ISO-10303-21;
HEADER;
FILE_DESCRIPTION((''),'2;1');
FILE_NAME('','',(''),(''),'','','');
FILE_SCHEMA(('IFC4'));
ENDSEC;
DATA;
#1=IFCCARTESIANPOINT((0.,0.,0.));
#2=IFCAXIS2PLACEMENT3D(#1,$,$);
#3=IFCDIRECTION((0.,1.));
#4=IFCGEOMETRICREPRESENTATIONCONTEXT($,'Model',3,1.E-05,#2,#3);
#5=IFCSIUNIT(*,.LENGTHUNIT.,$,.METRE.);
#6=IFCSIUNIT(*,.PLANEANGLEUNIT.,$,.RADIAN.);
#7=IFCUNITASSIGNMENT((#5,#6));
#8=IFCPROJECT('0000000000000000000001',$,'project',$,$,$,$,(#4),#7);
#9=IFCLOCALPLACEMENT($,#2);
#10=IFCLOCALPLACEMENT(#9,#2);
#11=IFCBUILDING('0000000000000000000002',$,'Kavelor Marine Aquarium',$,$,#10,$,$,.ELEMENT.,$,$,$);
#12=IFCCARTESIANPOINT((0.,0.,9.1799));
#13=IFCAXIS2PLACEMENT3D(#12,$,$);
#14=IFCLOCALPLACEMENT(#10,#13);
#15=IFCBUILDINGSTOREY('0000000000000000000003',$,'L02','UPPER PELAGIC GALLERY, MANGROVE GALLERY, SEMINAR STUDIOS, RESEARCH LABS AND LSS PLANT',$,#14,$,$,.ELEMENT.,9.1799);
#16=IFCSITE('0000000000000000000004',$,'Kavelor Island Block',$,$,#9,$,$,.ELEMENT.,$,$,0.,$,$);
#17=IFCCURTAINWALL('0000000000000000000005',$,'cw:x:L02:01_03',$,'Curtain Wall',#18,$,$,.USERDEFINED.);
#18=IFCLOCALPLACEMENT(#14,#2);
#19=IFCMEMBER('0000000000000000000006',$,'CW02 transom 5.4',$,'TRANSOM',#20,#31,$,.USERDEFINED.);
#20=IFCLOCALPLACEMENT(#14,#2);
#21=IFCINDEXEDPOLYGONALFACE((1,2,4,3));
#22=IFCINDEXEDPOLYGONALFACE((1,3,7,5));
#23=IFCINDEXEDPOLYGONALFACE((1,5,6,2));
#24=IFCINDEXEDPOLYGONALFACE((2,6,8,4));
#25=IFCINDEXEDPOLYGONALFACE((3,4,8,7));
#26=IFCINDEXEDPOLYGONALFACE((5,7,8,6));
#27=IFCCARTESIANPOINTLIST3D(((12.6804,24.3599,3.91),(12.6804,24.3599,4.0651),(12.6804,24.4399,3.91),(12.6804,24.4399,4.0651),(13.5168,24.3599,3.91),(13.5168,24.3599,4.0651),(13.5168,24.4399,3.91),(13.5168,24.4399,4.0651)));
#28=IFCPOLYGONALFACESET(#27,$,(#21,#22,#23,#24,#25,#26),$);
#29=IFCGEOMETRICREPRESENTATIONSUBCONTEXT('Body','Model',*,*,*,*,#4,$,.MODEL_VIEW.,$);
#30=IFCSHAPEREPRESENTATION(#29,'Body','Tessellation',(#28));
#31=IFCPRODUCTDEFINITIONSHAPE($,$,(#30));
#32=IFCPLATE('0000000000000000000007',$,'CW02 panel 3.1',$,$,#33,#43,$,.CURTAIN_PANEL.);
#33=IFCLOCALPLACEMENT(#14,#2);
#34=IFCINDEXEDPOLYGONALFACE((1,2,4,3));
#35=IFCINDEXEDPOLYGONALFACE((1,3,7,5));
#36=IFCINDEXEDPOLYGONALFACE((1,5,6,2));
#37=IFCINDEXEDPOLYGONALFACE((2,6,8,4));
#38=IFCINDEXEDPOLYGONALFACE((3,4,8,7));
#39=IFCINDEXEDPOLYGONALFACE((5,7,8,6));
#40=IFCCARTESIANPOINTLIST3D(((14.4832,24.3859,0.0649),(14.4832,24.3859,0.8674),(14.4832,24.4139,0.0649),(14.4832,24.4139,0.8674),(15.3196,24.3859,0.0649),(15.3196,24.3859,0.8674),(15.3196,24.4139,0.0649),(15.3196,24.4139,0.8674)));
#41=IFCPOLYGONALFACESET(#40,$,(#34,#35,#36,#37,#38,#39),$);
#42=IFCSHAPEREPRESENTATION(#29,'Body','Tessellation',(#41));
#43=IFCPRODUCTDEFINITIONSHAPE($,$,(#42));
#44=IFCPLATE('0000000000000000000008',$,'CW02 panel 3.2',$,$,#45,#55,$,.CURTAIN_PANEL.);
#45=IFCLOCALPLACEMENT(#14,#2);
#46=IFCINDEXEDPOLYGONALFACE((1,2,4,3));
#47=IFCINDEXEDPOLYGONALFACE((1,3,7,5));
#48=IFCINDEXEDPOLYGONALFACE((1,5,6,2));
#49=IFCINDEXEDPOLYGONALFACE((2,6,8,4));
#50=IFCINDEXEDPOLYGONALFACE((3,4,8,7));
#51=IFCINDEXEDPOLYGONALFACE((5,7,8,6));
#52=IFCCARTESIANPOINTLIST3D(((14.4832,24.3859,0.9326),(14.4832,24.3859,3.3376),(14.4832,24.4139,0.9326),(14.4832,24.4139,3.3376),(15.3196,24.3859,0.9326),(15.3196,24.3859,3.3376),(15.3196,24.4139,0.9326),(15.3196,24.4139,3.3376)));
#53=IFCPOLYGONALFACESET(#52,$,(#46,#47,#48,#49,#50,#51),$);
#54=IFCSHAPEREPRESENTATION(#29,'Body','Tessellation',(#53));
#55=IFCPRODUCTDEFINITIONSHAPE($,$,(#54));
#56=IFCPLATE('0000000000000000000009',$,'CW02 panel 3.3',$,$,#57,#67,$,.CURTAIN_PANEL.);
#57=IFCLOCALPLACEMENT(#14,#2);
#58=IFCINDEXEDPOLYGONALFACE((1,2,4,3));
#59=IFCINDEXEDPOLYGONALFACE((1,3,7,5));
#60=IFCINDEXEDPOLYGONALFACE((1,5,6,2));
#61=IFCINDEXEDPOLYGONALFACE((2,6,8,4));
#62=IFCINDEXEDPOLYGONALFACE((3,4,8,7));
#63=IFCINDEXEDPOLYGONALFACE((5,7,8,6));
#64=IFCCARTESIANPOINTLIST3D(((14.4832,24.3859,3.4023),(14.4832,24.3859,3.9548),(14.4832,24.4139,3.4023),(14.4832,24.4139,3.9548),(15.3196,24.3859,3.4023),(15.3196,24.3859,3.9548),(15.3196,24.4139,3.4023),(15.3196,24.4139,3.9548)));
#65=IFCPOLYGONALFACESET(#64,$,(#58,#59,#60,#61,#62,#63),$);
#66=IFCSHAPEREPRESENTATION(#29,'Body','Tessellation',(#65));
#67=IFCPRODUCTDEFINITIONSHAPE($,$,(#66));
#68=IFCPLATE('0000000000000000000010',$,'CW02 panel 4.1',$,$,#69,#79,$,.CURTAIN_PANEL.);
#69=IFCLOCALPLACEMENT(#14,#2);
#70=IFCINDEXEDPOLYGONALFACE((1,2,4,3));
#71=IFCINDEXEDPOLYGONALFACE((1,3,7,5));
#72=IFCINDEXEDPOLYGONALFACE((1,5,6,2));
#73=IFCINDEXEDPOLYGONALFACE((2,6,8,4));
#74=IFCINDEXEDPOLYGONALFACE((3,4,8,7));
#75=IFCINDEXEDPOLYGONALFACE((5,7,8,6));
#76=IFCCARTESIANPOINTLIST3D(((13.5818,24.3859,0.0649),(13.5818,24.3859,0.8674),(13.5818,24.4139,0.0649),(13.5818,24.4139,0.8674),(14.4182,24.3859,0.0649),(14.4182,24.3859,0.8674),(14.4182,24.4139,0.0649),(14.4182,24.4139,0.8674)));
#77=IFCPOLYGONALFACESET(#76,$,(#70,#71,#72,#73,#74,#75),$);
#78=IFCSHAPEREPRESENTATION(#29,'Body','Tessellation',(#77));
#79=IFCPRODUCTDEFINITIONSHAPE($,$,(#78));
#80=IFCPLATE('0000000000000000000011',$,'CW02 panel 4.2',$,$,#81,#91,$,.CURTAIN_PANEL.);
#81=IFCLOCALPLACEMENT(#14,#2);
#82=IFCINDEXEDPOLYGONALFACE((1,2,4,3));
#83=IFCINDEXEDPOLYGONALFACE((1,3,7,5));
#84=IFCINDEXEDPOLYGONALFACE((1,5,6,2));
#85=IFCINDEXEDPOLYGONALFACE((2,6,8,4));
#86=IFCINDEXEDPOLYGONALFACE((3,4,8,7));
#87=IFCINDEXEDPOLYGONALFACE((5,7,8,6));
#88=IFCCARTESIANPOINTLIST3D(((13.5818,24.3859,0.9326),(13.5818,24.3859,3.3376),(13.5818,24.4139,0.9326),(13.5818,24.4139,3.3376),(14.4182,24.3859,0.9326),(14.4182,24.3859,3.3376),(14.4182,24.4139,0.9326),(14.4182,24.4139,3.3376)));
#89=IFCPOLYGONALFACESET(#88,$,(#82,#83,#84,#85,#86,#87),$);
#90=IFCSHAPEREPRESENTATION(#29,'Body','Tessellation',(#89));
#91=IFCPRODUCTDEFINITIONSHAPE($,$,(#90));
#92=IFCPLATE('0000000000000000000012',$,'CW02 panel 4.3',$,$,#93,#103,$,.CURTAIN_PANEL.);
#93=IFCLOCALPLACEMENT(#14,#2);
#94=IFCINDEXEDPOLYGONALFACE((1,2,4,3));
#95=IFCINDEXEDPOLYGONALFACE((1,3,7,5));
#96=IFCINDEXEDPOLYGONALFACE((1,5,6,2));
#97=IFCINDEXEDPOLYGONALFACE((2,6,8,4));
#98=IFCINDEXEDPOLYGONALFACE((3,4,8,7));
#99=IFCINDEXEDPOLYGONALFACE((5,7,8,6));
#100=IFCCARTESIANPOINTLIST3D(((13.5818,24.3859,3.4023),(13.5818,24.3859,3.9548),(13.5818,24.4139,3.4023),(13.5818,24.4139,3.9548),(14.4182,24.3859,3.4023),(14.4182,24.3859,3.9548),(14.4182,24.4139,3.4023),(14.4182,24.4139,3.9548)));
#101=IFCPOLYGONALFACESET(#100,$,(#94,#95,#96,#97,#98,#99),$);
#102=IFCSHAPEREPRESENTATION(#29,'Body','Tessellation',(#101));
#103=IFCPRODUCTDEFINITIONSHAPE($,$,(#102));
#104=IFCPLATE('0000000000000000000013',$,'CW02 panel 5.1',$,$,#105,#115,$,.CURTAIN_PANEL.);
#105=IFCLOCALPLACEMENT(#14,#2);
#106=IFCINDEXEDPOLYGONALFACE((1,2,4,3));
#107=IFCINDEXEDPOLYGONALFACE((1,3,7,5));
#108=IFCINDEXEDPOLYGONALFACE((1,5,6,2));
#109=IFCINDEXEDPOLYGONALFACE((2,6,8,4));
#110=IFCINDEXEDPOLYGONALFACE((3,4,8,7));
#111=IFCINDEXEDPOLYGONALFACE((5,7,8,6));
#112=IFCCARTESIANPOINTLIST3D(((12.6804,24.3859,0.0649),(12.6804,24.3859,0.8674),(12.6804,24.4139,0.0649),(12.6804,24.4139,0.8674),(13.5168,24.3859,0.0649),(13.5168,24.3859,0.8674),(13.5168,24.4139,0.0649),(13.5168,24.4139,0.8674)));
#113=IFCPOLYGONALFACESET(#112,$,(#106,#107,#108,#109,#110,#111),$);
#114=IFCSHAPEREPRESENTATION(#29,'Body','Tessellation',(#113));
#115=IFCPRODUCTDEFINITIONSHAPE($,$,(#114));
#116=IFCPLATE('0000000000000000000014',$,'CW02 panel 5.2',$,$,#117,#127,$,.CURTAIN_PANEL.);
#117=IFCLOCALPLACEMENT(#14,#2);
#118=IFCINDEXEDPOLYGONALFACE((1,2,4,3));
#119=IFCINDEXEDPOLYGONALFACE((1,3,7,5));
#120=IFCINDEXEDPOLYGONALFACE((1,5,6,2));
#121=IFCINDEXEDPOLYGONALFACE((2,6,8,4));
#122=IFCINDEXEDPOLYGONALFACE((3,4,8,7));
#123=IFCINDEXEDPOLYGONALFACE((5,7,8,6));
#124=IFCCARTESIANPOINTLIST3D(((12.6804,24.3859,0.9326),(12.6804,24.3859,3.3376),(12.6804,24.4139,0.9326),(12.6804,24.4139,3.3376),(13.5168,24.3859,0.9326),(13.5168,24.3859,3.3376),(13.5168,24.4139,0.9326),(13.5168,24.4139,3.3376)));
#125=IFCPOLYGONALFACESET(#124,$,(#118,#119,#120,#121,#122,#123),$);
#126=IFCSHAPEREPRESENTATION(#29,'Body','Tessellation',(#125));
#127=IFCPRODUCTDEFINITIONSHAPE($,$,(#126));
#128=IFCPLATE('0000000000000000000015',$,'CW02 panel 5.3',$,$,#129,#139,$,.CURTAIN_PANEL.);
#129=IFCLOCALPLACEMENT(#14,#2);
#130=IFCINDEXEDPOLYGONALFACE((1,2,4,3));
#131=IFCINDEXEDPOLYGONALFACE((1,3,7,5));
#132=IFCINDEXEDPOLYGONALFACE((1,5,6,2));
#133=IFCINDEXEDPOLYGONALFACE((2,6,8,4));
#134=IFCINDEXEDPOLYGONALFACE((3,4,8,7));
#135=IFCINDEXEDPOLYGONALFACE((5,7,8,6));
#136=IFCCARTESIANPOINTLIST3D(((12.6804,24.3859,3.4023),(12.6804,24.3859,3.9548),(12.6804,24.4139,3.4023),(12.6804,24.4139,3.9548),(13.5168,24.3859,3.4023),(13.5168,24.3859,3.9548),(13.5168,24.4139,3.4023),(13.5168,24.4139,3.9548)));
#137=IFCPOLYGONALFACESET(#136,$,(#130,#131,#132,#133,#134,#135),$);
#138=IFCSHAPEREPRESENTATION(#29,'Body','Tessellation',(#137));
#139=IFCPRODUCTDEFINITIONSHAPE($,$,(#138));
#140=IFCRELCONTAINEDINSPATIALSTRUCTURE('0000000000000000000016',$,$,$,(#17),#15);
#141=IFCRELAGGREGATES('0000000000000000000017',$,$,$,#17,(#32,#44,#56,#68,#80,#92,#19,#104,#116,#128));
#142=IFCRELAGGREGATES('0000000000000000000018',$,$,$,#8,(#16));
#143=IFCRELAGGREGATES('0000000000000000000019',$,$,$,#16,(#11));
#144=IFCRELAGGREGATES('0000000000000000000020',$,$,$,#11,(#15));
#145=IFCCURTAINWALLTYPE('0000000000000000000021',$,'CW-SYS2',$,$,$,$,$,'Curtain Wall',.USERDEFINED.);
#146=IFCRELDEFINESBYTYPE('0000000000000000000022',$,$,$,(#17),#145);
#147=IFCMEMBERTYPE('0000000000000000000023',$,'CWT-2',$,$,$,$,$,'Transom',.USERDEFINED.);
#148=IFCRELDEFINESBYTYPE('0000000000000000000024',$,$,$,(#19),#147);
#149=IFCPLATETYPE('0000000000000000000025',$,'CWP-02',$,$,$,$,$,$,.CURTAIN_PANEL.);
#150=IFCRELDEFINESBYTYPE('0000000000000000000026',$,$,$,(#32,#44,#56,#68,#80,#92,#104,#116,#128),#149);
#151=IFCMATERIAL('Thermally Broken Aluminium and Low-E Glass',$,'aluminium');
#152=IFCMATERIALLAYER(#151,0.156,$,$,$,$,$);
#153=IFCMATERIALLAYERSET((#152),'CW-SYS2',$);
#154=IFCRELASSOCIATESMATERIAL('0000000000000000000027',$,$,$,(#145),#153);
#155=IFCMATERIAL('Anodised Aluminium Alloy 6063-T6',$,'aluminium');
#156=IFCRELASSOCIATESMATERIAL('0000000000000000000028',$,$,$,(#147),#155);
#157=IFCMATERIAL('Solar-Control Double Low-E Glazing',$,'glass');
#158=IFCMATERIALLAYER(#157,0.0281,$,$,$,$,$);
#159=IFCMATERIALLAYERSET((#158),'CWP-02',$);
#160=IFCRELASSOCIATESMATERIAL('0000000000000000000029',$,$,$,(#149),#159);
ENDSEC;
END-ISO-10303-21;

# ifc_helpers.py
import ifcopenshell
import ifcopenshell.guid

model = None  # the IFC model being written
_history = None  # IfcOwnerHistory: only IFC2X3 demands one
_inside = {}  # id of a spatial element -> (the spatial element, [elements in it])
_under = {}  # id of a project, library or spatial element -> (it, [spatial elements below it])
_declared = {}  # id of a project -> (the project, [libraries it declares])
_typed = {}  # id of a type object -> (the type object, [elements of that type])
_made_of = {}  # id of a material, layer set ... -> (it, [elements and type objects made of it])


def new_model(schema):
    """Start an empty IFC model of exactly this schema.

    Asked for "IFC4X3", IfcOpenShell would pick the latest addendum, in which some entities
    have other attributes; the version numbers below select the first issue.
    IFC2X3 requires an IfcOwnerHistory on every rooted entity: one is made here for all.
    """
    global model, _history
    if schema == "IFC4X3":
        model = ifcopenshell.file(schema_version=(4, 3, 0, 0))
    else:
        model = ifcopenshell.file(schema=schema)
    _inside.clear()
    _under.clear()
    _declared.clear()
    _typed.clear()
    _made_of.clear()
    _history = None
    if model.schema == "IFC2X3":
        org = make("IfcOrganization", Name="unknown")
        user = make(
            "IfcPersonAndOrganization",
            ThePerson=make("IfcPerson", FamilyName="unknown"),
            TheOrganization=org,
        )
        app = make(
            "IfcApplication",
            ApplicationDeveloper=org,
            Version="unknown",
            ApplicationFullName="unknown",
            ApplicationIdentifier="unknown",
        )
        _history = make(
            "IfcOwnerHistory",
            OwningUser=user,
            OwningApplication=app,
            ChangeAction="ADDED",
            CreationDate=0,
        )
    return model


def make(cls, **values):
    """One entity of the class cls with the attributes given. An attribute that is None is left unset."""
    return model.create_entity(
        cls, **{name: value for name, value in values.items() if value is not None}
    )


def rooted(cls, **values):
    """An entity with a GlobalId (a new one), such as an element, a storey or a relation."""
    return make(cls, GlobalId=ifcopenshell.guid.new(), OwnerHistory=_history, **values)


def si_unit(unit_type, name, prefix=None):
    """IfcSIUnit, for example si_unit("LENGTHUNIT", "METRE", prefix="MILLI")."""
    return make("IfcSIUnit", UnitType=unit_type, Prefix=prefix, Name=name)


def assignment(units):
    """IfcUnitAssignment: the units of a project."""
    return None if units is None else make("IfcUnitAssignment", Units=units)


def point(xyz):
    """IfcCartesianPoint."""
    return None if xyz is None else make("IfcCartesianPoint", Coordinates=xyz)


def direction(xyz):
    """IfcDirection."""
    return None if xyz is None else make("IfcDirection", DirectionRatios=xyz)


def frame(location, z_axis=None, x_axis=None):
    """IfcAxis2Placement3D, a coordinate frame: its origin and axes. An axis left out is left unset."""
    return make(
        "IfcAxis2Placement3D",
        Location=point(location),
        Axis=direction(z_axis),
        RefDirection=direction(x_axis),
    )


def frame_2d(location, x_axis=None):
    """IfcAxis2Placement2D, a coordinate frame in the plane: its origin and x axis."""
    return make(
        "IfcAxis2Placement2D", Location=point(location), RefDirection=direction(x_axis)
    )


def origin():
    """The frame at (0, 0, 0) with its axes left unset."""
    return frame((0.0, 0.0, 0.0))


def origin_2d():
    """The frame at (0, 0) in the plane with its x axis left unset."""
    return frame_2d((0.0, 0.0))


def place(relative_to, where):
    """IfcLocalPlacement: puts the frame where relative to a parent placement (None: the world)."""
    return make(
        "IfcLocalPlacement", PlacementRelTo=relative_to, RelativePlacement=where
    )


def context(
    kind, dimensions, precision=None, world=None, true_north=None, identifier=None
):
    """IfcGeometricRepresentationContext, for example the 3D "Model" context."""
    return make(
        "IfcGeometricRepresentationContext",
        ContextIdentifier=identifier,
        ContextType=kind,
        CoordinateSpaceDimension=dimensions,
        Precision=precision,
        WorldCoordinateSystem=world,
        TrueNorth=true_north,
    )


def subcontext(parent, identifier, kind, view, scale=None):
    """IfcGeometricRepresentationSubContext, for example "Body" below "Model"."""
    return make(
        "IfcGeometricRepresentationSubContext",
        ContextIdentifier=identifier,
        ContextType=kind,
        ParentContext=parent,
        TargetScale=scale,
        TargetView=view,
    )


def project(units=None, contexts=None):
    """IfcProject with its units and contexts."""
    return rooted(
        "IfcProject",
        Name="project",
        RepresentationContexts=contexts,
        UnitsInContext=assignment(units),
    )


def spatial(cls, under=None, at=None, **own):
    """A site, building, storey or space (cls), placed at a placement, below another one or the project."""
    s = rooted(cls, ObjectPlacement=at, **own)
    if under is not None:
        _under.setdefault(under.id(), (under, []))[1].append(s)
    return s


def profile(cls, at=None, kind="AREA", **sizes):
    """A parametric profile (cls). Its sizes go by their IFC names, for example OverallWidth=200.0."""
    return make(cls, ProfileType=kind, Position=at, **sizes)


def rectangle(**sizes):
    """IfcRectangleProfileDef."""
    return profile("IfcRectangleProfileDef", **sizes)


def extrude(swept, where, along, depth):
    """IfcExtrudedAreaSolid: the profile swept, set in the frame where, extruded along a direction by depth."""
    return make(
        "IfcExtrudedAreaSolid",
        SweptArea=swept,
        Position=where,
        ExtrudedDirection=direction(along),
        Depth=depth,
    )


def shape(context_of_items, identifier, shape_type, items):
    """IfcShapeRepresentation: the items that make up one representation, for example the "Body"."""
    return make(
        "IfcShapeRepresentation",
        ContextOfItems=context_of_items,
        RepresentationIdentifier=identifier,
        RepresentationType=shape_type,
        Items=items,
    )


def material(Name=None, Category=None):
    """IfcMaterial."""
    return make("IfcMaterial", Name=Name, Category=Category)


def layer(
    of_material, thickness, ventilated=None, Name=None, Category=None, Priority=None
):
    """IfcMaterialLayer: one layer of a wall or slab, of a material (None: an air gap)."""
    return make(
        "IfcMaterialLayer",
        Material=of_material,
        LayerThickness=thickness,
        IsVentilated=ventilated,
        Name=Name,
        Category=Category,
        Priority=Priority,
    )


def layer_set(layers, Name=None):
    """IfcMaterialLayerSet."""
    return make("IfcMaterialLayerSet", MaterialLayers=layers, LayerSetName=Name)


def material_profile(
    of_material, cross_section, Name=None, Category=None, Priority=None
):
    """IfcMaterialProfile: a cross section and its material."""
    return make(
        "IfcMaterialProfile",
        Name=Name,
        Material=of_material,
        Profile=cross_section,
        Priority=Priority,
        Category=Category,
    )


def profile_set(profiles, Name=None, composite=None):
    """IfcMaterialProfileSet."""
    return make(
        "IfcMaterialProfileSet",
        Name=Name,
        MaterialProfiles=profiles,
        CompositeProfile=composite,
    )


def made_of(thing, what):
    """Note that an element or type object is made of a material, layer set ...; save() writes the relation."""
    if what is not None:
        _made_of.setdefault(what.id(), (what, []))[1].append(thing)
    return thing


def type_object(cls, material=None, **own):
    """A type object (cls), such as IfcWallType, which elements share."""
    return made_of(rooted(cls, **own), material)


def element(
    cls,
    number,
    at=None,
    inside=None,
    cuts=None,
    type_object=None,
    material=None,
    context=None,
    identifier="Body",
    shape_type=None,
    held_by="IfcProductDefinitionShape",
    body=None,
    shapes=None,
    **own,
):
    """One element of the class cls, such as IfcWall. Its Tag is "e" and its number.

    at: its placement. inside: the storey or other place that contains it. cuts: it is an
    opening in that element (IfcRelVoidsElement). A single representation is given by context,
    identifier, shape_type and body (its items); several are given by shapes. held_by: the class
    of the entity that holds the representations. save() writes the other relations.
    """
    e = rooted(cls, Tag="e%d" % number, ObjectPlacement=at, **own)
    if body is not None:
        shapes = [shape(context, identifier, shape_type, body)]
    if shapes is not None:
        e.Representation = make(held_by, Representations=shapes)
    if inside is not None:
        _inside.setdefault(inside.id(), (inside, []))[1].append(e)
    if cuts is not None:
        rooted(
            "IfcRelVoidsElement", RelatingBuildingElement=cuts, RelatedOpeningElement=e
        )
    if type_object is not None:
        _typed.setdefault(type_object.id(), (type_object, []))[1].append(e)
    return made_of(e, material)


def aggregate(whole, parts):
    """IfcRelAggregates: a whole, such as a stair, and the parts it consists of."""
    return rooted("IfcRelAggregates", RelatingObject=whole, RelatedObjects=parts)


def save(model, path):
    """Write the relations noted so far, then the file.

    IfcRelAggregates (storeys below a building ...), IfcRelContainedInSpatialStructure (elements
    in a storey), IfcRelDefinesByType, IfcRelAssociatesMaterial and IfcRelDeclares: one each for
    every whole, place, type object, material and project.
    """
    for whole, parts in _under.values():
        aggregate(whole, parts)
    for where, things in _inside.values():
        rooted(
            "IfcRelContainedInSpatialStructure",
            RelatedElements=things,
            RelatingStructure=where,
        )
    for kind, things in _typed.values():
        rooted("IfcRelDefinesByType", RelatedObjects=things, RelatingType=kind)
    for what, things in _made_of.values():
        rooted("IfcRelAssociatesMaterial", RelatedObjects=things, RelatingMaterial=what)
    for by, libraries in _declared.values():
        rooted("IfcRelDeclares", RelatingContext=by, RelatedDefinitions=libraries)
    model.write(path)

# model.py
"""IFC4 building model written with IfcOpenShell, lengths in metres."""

from ifc_helpers import new_model, si_unit, direction, frame, origin, origin_2d, place, context, subcontext, project, spatial, rectangle, extrude, material, layer, layer_set, material_profile, profile_set, type_object, element, aggregate, save


model = new_model("IFC4")

# Units and contexts
model_context = context("Model", 3, precision=1e-05, world=origin(), true_north=direction((0.0, 1.0)))
body_context = subcontext(model_context, "Body", "Model", "MODEL_VIEW")
ifc_project = project(units=[si_unit("LENGTHUNIT", "METRE"), si_unit("PLANEANGLEUNIT", "RADIAN")], contexts=[model_context])

# Site, building, storey
site_placement = place(None, origin())
site = spatial("IfcSite", under=ifc_project, at=site_placement, Name="Kavelor Island Block", CompositionType="ELEMENT", RefElevation=0.0)
building_placement = place(site_placement, origin())
building = spatial("IfcBuilding", under=site, at=building_placement, Name="Kavelor Marine Aquarium", CompositionType="ELEMENT")
storey_placement = place(building_placement, frame((0.0, 0.0, 9.1799)))
storey = spatial("IfcBuildingStorey", under=building, at=storey_placement, Name="L02", Description="UPPER PELAGIC GALLERY, MANGROVE GALLERY, SEMINAR STUDIOS, RESEARCH LABS AND LSS PLANT", CompositionType="ELEMENT", Elevation=9.1799)

# Curtain wall, member, plates
ifc_material_1 = material(Name="Thermally Broken Aluminium and Low-E Glass", Category="aluminium")
ifc_layer_1 = layer(ifc_material_1, 0.156)
ifc_layer_set_1 = layer_set([ifc_layer_1], Name="CW-SYS2")
curtain_wall_type = type_object("IfcCurtainWallType", Name="CW-SYS2", ElementType="Curtain Wall", PredefinedType="USERDEFINED", material=ifc_layer_set_1)
curtain_wall_placement = place(storey_placement, origin())
curtain_wall = element("IfcCurtainWall", 1, at=curtain_wall_placement, inside=storey, type_object=curtain_wall_type, Name="cw:x:L02:01_03", ObjectType="Curtain Wall", PredefinedType="USERDEFINED")
ifc_material_2 = material(Name="Anodised Aluminium Alloy 6063-T6", Category="aluminium")
ifc_material_profile_1 = material_profile(ifc_material_2, rectangle(XDim=0.0801, YDim=0.155, at=origin_2d()), Name="CW-TRN 80x155")
ifc_profile_set_1 = profile_set([ifc_material_profile_1], Name="Anodised Aluminium Alloy 6063-T6")
member_type_1 = type_object("IfcMemberType", Name="CWT-2", ElementType="Transom", PredefinedType="USERDEFINED", material=ifc_profile_set_1)
member_1_placement = place(storey_placement, frame((13.5168, 24.3999, 3.9875), z_axis=(-1.0, 0.0, 0.0), x_axis=(0.0, -1.0, 0.0)))
member_1 = element("IfcMember", 2, at=member_1_placement, type_object=member_type_1, Name="CW02 transom 5.4", ObjectType="TRANSOM", PredefinedType="USERDEFINED", context=body_context, shape_type="SweptSolid", body=[
    extrude(rectangle(XDim=0.0801, YDim=0.155, at=origin_2d()), origin(), (0.0, 0.0, 1.0), 0.8364),
])
ifc_material_3 = material(Name="Solar-Control Double Low-E Glazing", Category="glass")
ifc_layer_2 = layer(ifc_material_3, 0.0281)
ifc_layer_set_2 = layer_set([ifc_layer_2], Name="CWP-02")
plate_type = type_object("IfcPlateType", Name="CWP-02", PredefinedType="CURTAIN_PANEL", material=ifc_layer_set_2)
plate_1_placement = place(storey_placement, frame((14.9014, 24.3999, 0.0649), z_axis=(0.0, 0.0, 1.0), x_axis=(-1.0, 0.0, 0.0)))
plate_1 = element("IfcPlate", 3, at=plate_1_placement, type_object=plate_type, Name="CW02 panel 3.1", PredefinedType="CURTAIN_PANEL", context=body_context, shape_type="SweptSolid", body=[
    extrude(rectangle(XDim=0.8364, YDim=0.0281, at=origin_2d()), origin(), (0.0, 0.0, 1.0), 0.8025),
])
plate_2_placement = place(storey_placement, frame((14.9014, 24.3999, 0.9326), z_axis=(0.0, 0.0, 1.0), x_axis=(-1.0, 0.0, 0.0)))
plate_2 = element("IfcPlate", 4, at=plate_2_placement, type_object=plate_type, Name="CW02 panel 3.2", PredefinedType="CURTAIN_PANEL", context=body_context, shape_type="SweptSolid", body=[
    extrude(rectangle(XDim=0.8364, YDim=0.0281, at=origin_2d()), origin(), (0.0, 0.0, 1.0), 2.405),
])
plate_3_placement = place(storey_placement, frame((14.9014, 24.3999, 3.4023), z_axis=(0.0, 0.0, 1.0), x_axis=(-1.0, 0.0, 0.0)))
plate_3 = element("IfcPlate", 5, at=plate_3_placement, type_object=plate_type, Name="CW02 panel 3.3", PredefinedType="CURTAIN_PANEL", context=body_context, shape_type="SweptSolid", body=[
    extrude(rectangle(XDim=0.8364, YDim=0.0281, at=origin_2d()), origin(), (0.0, 0.0, 1.0), 0.5525),
])
plate_4_placement = place(storey_placement, frame((14.0, 24.3999, 0.0649), z_axis=(0.0, 0.0, 1.0), x_axis=(-1.0, 0.0, 0.0)))
plate_4 = element("IfcPlate", 6, at=plate_4_placement, type_object=plate_type, Name="CW02 panel 4.1", PredefinedType="CURTAIN_PANEL", context=body_context, shape_type="SweptSolid", body=[
    extrude(rectangle(XDim=0.8364, YDim=0.0281, at=origin_2d()), origin(), (0.0, 0.0, 1.0), 0.8025),
])
plate_5_placement = place(storey_placement, frame((14.0, 24.3999, 0.9326), z_axis=(0.0, 0.0, 1.0), x_axis=(-1.0, 0.0, 0.0)))
plate_5 = element("IfcPlate", 7, at=plate_5_placement, type_object=plate_type, Name="CW02 panel 4.2", PredefinedType="CURTAIN_PANEL", context=body_context, shape_type="SweptSolid", body=[
    extrude(rectangle(XDim=0.8364, YDim=0.0281, at=origin_2d()), origin(), (0.0, 0.0, 1.0), 2.405),
])
plate_6_placement = place(storey_placement, frame((14.0, 24.3999, 3.4023), z_axis=(0.0, 0.0, 1.0), x_axis=(-1.0, 0.0, 0.0)))
plate_6 = element("IfcPlate", 8, at=plate_6_placement, type_object=plate_type, Name="CW02 panel 4.3", PredefinedType="CURTAIN_PANEL", context=body_context, shape_type="SweptSolid", body=[
    extrude(rectangle(XDim=0.8364, YDim=0.0281, at=origin_2d()), origin(), (0.0, 0.0, 1.0), 0.5525),
])
plate_7_placement = place(storey_placement, frame((13.0986, 24.3999, 0.0649), z_axis=(0.0, 0.0, 1.0), x_axis=(-1.0, 0.0, 0.0)))
plate_7 = element("IfcPlate", 9, at=plate_7_placement, type_object=plate_type, Name="CW02 panel 5.1", PredefinedType="CURTAIN_PANEL", context=body_context, shape_type="SweptSolid", body=[
    extrude(rectangle(XDim=0.8364, YDim=0.0281, at=origin_2d()), origin(), (0.0, 0.0, 1.0), 0.8025),
])
plate_8_placement = place(storey_placement, frame((13.0986, 24.3999, 0.9326), z_axis=(0.0, 0.0, 1.0), x_axis=(-1.0, 0.0, 0.0)))
plate_8 = element("IfcPlate", 10, at=plate_8_placement, type_object=plate_type, Name="CW02 panel 5.2", PredefinedType="CURTAIN_PANEL", context=body_context, shape_type="SweptSolid", body=[
    extrude(rectangle(XDim=0.8364, YDim=0.0281, at=origin_2d()), origin(), (0.0, 0.0, 1.0), 2.405),
])
plate_9_placement = place(storey_placement, frame((13.0986, 24.3999, 3.4023), z_axis=(0.0, 0.0, 1.0), x_axis=(-1.0, 0.0, 0.0)))
plate_9 = element("IfcPlate", 11, at=plate_9_placement, type_object=plate_type, Name="CW02 panel 5.3", PredefinedType="CURTAIN_PANEL", context=body_context, shape_type="SweptSolid", body=[
    extrude(rectangle(XDim=0.8364, YDim=0.0281, at=origin_2d()), origin(), (0.0, 0.0, 1.0), 0.5525),
])
aggregate(curtain_wall, [plate_1, plate_2, plate_3, plate_4, plate_5, plate_6, member_1, plate_7, plate_8, plate_9])

save(model, "model.ifc")
